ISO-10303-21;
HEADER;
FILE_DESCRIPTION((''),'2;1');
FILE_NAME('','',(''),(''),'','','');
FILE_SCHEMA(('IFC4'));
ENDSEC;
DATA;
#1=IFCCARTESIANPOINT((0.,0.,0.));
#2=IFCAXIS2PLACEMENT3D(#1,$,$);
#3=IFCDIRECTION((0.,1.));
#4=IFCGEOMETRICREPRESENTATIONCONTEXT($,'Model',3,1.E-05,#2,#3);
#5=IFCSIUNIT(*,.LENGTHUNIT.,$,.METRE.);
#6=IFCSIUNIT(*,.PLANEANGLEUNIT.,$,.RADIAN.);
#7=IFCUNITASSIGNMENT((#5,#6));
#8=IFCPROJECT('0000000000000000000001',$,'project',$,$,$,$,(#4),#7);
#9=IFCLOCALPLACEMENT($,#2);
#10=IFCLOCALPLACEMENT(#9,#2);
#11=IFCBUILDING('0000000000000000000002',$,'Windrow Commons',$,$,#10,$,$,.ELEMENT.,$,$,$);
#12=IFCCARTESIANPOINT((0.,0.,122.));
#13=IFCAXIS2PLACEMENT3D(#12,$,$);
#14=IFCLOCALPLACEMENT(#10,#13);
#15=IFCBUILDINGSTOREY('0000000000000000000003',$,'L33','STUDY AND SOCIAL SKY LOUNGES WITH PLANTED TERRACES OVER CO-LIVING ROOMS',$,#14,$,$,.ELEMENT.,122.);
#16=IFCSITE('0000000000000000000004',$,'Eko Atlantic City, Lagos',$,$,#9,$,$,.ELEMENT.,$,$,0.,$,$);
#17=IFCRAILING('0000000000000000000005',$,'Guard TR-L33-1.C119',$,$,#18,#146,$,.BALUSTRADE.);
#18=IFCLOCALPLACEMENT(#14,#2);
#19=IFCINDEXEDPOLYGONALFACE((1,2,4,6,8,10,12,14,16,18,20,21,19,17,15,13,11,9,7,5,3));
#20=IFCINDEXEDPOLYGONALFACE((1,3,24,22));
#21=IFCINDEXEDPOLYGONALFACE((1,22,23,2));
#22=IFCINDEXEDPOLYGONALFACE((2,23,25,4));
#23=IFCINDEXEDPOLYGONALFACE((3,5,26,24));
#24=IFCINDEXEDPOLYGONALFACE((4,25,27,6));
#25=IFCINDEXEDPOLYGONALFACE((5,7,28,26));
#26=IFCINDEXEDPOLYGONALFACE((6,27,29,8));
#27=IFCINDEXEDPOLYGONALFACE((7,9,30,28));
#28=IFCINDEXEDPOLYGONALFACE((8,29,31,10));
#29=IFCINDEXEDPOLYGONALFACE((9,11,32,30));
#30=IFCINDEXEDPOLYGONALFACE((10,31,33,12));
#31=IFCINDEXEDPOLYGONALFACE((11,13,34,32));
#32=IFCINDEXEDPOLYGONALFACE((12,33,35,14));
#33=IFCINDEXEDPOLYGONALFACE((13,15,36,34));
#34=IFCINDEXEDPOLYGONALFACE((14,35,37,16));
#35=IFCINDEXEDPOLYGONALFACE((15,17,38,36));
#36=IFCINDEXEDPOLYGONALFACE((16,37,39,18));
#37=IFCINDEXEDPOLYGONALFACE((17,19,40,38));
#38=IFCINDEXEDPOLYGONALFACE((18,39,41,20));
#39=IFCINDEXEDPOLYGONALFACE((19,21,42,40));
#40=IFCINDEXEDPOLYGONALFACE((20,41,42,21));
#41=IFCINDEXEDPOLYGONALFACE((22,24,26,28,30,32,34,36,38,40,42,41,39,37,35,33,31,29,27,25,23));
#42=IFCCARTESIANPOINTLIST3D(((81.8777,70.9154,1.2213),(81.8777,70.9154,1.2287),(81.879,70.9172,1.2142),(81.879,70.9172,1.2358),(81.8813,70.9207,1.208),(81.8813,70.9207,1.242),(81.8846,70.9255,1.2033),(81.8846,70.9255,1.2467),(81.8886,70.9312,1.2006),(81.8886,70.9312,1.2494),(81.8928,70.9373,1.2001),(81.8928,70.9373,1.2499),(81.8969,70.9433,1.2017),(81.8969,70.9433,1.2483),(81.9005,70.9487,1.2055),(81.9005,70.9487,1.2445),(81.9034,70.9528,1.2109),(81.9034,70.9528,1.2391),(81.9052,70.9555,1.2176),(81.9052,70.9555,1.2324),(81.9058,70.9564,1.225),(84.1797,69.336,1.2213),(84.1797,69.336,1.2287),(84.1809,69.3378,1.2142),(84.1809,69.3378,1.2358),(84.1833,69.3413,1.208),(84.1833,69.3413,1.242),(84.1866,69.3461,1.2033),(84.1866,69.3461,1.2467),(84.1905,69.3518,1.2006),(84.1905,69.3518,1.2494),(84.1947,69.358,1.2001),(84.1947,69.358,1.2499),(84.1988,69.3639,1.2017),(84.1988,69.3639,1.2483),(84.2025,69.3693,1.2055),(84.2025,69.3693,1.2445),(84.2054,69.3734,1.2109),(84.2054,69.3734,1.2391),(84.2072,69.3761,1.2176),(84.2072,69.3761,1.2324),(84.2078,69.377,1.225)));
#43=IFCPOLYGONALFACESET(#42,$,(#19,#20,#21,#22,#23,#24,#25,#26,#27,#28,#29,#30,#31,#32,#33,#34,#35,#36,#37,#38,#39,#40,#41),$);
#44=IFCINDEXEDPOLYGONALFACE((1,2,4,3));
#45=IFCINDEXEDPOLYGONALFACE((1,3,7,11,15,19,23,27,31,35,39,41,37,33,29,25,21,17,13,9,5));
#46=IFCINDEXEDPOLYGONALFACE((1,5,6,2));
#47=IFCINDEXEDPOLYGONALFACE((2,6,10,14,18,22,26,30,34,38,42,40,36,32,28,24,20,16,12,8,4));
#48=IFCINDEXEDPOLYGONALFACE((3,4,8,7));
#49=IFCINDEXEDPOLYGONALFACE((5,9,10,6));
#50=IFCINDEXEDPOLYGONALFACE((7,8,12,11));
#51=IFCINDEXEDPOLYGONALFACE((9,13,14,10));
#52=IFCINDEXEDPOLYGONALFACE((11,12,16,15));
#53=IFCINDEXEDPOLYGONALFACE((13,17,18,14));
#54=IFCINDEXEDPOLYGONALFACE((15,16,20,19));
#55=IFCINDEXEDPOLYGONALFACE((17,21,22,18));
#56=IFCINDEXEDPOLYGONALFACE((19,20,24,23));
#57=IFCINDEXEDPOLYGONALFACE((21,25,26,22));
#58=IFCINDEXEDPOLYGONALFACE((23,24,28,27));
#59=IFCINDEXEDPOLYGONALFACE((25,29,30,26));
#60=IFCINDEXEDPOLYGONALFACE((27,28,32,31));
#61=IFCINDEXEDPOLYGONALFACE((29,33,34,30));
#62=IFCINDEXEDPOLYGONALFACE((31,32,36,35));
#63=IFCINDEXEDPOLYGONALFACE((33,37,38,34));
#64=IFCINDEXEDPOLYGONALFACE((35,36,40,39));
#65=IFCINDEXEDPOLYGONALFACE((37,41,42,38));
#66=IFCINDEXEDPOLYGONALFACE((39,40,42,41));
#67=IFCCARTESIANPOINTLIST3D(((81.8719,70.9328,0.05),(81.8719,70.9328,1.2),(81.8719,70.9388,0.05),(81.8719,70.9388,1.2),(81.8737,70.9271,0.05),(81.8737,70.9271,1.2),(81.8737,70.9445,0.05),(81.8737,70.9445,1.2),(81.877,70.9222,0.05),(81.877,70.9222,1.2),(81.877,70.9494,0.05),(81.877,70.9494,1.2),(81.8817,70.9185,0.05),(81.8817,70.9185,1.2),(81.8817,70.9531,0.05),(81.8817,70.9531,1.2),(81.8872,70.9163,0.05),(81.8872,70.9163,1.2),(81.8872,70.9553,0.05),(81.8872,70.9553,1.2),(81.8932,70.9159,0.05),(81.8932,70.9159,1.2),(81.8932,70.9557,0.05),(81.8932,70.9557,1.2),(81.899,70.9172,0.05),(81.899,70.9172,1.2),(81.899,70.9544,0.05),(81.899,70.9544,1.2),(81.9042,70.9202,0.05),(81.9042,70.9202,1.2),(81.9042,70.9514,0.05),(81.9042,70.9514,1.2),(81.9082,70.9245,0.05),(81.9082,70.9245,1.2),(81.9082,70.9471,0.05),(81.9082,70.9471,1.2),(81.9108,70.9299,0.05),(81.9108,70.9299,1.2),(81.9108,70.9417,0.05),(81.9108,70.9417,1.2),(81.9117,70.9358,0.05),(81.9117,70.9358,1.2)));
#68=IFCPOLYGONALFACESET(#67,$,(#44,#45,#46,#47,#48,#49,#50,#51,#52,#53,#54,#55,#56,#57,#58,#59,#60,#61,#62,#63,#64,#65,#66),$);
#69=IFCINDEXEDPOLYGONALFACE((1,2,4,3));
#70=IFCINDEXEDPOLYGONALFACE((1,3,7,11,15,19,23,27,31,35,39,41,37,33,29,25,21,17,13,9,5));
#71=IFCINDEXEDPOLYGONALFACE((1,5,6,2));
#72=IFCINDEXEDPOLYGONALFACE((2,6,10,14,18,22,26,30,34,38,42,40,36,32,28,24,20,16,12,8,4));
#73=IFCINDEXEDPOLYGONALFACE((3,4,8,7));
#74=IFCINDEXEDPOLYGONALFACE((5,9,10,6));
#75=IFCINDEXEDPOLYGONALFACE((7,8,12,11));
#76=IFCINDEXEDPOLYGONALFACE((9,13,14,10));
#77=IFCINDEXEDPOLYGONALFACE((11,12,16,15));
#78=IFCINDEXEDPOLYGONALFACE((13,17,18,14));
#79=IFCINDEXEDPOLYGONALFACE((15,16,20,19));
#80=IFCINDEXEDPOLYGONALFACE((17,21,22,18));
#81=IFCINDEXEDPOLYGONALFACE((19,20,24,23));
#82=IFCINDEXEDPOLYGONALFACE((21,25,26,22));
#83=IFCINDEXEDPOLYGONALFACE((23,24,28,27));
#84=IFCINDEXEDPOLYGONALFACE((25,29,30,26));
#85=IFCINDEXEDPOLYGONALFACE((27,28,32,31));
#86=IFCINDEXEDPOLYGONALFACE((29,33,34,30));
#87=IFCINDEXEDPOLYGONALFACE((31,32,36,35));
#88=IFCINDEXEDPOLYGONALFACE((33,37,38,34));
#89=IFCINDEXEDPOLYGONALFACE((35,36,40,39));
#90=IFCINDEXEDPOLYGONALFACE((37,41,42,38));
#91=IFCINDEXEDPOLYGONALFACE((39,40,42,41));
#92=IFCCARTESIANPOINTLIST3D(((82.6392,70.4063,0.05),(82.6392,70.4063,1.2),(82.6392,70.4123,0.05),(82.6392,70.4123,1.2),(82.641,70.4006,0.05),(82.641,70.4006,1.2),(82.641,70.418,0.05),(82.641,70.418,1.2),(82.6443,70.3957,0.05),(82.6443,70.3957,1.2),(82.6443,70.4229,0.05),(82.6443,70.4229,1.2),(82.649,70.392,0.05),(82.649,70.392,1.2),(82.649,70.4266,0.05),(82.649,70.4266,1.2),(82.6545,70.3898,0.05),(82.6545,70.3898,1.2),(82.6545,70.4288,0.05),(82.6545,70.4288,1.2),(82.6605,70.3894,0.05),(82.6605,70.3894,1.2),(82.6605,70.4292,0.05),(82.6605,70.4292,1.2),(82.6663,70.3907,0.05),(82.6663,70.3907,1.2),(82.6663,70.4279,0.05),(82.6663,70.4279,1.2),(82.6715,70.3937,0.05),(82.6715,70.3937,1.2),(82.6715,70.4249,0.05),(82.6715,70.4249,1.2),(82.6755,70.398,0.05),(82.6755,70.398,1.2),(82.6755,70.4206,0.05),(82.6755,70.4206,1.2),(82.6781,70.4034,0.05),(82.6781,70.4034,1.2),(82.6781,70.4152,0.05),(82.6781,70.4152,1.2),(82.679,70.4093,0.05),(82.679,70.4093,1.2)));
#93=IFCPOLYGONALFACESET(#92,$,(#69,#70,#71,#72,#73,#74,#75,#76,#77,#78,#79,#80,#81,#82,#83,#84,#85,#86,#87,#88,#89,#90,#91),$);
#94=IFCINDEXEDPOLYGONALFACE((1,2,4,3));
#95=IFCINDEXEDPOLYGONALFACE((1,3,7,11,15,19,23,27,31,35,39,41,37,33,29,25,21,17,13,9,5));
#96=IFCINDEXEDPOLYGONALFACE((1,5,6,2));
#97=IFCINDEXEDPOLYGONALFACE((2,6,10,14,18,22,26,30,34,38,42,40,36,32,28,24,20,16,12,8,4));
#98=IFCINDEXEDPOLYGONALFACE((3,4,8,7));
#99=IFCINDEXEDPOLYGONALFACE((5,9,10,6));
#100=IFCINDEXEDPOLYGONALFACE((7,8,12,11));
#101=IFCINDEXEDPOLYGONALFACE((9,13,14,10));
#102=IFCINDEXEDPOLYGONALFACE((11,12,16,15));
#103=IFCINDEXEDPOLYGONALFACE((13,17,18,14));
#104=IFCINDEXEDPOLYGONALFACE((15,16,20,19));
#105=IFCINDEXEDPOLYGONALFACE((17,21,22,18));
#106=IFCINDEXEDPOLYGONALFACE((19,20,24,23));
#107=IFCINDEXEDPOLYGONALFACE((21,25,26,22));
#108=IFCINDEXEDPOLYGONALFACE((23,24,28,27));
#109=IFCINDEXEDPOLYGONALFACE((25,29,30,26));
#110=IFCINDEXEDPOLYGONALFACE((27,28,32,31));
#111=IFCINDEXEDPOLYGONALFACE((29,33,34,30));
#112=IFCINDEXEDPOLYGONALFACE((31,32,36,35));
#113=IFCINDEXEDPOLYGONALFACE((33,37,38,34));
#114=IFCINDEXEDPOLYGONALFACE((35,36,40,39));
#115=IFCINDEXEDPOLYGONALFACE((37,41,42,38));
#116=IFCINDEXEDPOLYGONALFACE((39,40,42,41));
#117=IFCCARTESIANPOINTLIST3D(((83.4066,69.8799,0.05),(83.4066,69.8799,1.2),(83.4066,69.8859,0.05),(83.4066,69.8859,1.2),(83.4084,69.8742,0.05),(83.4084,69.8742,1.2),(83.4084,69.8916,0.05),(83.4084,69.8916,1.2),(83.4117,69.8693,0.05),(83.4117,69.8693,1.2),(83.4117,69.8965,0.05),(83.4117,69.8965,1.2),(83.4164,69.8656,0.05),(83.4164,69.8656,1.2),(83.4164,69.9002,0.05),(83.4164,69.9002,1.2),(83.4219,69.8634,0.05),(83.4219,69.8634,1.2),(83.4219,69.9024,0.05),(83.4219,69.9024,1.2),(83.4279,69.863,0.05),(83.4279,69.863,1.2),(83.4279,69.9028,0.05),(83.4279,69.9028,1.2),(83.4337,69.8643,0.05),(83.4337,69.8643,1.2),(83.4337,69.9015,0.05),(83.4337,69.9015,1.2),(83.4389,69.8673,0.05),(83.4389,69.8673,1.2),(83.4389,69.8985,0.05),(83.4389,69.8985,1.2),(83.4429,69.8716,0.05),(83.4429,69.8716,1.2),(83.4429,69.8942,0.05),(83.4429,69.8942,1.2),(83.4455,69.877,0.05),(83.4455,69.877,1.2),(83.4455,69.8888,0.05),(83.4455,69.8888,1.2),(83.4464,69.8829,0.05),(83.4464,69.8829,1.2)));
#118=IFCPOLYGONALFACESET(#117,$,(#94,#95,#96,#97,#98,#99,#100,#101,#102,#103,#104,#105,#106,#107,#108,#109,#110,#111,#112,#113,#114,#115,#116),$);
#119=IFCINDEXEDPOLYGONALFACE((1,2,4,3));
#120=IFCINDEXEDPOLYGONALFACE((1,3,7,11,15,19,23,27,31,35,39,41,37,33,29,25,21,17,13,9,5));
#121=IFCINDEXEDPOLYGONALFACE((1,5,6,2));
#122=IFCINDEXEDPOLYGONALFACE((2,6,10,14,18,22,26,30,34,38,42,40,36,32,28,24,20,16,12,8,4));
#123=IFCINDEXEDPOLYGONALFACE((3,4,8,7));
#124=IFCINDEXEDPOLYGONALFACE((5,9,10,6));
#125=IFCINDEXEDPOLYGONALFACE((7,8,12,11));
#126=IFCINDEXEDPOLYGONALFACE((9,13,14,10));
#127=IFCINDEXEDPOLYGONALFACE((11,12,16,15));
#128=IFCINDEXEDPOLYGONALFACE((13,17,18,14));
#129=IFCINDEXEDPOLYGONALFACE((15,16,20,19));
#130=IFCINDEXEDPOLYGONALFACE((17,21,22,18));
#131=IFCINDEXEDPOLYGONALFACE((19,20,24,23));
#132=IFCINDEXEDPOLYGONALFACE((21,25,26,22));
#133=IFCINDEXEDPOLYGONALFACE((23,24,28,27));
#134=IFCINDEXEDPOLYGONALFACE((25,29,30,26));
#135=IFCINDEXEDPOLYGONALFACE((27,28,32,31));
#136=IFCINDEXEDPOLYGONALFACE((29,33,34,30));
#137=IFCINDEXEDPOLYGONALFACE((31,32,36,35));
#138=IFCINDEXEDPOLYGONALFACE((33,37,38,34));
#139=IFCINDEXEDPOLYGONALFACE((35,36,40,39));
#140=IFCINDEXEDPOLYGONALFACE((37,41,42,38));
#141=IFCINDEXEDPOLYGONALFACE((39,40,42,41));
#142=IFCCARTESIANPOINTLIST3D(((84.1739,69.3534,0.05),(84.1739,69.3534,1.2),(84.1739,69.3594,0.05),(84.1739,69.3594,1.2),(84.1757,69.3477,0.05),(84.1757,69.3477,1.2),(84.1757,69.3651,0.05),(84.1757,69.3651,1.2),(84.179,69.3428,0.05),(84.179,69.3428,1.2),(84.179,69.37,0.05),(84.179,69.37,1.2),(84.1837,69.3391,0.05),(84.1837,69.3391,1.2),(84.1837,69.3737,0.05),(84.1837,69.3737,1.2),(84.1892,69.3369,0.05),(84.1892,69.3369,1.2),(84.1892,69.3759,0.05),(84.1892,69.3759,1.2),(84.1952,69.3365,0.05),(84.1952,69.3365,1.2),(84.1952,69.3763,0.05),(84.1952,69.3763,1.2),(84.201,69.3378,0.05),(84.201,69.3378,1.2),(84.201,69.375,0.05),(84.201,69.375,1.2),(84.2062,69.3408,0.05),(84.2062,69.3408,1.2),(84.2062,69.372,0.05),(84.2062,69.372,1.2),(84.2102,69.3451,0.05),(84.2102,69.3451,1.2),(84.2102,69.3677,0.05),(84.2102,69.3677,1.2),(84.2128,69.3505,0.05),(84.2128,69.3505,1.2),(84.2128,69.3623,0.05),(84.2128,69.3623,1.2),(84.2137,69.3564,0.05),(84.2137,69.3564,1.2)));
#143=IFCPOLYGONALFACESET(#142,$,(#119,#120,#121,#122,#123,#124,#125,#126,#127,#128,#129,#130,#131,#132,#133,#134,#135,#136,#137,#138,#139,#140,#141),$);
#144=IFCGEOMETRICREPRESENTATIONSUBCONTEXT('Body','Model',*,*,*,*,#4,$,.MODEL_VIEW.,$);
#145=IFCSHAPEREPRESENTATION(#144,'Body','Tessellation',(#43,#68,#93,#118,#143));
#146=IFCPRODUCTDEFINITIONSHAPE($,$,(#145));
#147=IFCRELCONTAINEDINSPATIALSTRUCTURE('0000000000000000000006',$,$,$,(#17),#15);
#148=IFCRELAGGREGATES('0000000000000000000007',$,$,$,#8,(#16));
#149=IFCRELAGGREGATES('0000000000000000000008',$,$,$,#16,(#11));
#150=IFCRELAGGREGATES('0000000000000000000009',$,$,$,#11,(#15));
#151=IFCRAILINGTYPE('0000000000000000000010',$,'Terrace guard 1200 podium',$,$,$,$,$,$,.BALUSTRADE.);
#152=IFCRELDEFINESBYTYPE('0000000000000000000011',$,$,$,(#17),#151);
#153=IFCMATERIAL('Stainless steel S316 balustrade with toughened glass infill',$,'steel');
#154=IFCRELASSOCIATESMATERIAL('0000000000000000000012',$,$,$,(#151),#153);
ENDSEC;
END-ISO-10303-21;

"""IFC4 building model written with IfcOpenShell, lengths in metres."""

from ifc_helpers import new_model, si_unit, direction, frame, origin, origin_2d, place, context, subcontext, project, spatial, circle, extrude, material, type_object, element, save


model = new_model("IFC4")

# Units and contexts
model_context = context("Model", 3, precision=1e-05, world=origin(), true_north=direction((0.0, 1.0)))
body_context = subcontext(model_context, "Body", "Model", "MODEL_VIEW")
ifc_project = project(units=[si_unit("LENGTHUNIT", "METRE"), si_unit("PLANEANGLEUNIT", "RADIAN")], contexts=[model_context])

# Site, building, storey
site_placement = place(None, origin())
site = spatial("IfcSite", under=ifc_project, at=site_placement, Name="Eko Atlantic City, Lagos", CompositionType="ELEMENT", RefElevation=0.0)
building_placement = place(site_placement, origin())
building = spatial("IfcBuilding", under=site, at=building_placement, Name="Windrow Commons", CompositionType="ELEMENT")
storey_placement = place(building_placement, frame((0.0, 0.0, 122.0)))
storey = spatial("IfcBuildingStorey", under=building, at=storey_placement, Name="L33", Description="STUDY AND SOCIAL SKY LOUNGES WITH PLANTED TERRACES OVER CO-LIVING ROOMS", CompositionType="ELEMENT", Elevation=122.0)

# Railing
ifc_material_1 = material(Name="Stainless steel S316 balustrade with toughened glass infill", Category="steel")
railing_type_1 = type_object("IfcRailingType", Name="Terrace guard 1200 podium", PredefinedType="BALUSTRADE", material=ifc_material_1)
railing_1_placement = place(storey_placement, frame((81.8917, 70.9358, 0.05)))
element("IfcRailing", 1, at=railing_1_placement, inside=storey, type_object=railing_type_1, Name="Guard TR-L33-1.C119", PredefinedType="BALUSTRADE", context=body_context, shape_type="SweptSolid", body=[
    extrude(circle(Radius=0.025, at=origin_2d()), frame((0.0, 0.0, 1.175), z_axis=(0.824581, -0.565744, 0.0), x_axis=(0.565744, 0.824581, 0.0)), (0.0, 0.0, 1.0), 2.7917),
    extrude(circle(Radius=0.02, at=origin_2d()), origin(), (0.0, 0.0, 1.0), 1.15),
    extrude(circle(Radius=0.02, at=origin_2d()), frame((0.7673, -0.5265, 0.0)), (0.0, 0.0, 1.0), 1.15),
    extrude(circle(Radius=0.02, at=origin_2d()), frame((1.5347, -1.0529, 0.0)), (0.0, 0.0, 1.0), 1.15),
    extrude(circle(Radius=0.02, at=origin_2d()), frame((2.302, -1.5794, 0.0)), (0.0, 0.0, 1.0), 1.15),
])

save(model, "model.ifc")
